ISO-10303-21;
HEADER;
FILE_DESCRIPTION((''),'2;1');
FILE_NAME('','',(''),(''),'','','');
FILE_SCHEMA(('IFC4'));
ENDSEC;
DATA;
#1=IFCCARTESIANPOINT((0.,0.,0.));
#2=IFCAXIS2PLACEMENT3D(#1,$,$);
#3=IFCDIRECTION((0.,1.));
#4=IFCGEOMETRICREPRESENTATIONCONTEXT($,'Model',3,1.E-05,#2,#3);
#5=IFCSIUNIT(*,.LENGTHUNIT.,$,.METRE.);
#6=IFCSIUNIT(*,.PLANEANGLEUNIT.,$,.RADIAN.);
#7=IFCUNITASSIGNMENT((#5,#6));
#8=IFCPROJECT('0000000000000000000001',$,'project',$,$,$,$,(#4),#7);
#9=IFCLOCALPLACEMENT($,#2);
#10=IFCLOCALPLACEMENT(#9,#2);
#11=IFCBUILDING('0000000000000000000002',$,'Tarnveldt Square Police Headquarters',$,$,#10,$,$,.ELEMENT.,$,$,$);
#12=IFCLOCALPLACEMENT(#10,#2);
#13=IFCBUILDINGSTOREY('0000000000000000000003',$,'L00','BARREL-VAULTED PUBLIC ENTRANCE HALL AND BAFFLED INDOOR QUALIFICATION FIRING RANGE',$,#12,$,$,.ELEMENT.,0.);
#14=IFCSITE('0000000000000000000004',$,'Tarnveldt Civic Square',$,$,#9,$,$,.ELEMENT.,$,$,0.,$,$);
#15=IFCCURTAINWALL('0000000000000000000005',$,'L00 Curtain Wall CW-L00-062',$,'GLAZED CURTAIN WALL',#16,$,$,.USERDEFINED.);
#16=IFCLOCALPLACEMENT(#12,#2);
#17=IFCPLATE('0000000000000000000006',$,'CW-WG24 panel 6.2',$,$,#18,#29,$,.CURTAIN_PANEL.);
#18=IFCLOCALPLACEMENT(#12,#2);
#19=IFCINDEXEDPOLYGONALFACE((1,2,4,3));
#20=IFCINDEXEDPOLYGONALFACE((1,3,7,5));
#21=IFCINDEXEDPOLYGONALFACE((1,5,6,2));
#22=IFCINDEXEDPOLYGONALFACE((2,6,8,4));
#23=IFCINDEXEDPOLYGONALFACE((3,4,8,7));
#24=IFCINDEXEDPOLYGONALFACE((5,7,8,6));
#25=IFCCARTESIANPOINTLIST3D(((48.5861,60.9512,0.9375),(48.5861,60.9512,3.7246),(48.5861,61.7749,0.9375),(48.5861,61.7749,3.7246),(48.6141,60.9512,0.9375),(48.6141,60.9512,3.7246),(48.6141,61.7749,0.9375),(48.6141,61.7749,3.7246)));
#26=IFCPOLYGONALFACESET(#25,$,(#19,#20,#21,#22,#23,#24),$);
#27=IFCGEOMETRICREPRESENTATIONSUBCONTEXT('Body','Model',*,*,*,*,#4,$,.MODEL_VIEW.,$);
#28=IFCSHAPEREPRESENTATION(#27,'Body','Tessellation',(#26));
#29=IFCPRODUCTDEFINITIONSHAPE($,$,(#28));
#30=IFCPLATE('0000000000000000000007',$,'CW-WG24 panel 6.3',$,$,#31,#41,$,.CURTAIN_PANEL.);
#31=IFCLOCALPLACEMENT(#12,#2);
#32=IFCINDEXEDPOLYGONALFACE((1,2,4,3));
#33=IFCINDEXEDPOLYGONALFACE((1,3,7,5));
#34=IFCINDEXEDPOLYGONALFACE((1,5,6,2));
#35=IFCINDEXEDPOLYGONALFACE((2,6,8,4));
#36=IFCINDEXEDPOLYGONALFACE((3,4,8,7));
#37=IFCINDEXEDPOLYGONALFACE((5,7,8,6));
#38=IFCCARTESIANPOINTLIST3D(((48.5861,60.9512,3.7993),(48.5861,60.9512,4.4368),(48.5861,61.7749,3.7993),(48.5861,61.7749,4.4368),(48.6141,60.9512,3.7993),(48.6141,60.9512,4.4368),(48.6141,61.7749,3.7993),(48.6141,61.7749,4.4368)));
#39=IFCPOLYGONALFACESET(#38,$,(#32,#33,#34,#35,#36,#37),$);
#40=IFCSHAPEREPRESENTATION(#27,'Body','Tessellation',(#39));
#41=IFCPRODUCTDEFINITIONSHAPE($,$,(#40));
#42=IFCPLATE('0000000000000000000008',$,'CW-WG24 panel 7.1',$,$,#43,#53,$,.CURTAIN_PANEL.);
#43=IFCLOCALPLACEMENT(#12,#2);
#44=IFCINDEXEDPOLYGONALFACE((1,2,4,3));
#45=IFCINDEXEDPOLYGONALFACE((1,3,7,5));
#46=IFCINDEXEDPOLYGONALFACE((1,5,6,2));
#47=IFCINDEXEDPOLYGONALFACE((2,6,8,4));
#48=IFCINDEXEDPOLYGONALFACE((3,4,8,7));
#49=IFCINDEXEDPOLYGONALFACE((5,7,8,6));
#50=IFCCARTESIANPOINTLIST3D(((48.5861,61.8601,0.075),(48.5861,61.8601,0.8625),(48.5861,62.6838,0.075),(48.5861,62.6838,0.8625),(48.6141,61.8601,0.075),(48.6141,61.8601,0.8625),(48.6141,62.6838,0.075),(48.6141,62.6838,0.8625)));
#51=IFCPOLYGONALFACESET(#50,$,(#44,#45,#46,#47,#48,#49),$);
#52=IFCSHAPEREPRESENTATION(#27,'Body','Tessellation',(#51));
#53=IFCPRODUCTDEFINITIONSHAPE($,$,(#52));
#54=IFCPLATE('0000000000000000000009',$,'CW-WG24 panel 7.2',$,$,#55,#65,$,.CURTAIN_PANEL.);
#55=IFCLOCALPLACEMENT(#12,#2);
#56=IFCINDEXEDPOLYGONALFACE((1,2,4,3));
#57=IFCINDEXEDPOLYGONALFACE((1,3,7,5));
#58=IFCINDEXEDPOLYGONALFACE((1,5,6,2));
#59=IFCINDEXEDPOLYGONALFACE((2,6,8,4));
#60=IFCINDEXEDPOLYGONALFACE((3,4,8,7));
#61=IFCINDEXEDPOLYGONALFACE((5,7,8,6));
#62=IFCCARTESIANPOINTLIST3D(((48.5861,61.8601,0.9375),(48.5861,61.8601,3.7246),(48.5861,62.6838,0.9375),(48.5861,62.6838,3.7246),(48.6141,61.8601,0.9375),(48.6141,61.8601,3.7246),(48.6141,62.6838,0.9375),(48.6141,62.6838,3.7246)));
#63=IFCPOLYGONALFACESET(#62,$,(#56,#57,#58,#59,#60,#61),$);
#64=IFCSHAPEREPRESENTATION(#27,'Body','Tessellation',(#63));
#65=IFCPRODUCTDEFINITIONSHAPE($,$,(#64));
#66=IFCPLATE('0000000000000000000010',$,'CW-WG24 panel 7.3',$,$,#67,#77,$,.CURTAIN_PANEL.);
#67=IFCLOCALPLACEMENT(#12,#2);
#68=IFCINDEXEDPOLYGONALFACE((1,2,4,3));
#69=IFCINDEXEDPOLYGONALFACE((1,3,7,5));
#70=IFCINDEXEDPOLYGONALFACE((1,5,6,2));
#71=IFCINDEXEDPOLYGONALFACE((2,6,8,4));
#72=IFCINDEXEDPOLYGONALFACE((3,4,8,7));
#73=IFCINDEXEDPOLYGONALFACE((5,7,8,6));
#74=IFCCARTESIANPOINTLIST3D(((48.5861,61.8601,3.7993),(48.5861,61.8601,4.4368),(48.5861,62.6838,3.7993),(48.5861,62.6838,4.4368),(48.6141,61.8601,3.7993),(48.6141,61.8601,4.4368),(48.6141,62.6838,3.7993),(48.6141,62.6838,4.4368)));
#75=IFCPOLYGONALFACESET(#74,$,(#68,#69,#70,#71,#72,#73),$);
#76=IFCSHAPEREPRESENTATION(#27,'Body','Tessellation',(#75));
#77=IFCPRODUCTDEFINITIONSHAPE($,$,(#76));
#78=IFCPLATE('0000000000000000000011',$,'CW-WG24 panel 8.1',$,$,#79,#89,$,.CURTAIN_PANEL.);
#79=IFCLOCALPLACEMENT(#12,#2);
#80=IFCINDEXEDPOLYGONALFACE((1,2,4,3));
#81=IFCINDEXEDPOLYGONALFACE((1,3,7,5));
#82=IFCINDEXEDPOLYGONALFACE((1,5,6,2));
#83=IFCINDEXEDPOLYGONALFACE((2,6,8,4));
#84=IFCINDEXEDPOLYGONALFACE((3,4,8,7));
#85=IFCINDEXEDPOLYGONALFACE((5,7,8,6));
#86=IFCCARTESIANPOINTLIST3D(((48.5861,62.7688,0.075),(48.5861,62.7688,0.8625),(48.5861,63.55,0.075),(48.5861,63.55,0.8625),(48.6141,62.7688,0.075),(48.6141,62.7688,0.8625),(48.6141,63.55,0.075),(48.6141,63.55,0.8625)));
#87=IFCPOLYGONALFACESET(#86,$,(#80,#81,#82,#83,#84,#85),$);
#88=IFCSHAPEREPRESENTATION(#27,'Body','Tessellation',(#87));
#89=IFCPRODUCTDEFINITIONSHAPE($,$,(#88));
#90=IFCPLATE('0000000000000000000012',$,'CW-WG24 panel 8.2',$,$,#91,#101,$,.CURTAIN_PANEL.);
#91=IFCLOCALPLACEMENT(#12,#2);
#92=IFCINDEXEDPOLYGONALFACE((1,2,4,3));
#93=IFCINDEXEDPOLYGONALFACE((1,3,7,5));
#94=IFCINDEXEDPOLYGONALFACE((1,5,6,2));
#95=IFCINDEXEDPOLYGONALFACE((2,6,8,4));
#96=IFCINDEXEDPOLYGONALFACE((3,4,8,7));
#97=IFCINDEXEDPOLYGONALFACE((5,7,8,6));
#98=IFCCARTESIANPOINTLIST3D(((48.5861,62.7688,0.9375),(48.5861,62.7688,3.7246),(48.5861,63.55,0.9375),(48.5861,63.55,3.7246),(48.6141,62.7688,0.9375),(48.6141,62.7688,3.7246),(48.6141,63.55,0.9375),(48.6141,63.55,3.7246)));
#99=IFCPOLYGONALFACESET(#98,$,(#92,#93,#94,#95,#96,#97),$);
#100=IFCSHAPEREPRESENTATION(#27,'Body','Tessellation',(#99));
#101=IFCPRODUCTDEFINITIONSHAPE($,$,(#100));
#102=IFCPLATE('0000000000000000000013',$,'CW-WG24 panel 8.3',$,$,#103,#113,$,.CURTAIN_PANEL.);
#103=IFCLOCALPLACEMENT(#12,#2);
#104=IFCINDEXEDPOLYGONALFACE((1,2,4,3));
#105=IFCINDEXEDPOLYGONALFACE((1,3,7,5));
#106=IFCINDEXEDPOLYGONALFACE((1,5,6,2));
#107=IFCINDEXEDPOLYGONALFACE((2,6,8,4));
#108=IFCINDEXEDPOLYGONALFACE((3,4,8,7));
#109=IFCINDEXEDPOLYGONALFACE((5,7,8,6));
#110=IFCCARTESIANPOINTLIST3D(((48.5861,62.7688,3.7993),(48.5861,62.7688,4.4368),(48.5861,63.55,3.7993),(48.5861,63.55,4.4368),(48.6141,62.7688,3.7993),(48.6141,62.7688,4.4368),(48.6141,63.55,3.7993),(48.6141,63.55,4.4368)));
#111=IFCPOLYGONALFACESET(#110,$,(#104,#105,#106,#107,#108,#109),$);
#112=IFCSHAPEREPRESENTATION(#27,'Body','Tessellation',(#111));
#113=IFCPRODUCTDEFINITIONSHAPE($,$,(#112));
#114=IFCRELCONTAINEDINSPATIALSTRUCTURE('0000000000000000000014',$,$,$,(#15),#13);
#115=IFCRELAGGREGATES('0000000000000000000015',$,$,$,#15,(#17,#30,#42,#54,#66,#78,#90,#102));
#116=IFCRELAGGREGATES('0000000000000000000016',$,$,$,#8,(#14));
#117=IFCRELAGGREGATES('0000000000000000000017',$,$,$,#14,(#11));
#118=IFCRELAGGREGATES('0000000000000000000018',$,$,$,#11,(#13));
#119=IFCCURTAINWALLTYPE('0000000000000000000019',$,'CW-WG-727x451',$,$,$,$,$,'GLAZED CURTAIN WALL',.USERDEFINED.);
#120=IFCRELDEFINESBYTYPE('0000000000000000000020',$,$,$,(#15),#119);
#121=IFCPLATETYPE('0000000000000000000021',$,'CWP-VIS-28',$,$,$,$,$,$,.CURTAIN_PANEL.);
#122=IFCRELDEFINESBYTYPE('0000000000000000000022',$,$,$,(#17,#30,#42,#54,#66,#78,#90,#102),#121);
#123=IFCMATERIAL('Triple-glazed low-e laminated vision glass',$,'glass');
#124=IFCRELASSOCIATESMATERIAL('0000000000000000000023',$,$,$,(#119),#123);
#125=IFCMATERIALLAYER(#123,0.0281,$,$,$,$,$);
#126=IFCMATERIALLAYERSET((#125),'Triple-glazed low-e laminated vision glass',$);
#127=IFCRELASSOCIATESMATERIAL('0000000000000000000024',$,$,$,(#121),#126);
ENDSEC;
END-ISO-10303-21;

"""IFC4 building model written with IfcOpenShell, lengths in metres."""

from ifc_helpers import new_model, si_unit, direction, frame, origin, origin_2d, place, context, subcontext, project, spatial, rectangle, extrude, material, layer, layer_set, type_object, element, aggregate, save


model = new_model("IFC4")

# Units and contexts
model_context = context("Model", 3, precision=1e-05, world=origin(), true_north=direction((0.0, 1.0)))
body_context = subcontext(model_context, "Body", "Model", "MODEL_VIEW")
ifc_project = project(units=[si_unit("LENGTHUNIT", "METRE"), si_unit("PLANEANGLEUNIT", "RADIAN")], contexts=[model_context])

# Site, building, storey
site_placement = place(None, origin())
site = spatial("IfcSite", under=ifc_project, at=site_placement, Name="Tarnveldt Civic Square", CompositionType="ELEMENT", RefElevation=0.0)
building_placement = place(site_placement, origin())
building = spatial("IfcBuilding", under=site, at=building_placement, Name="Tarnveldt Square Police Headquarters", CompositionType="ELEMENT")
storey_placement = place(building_placement, origin())
storey = spatial("IfcBuildingStorey", under=building, at=storey_placement, Name="L00", Description="BARREL-VAULTED PUBLIC ENTRANCE HALL AND BAFFLED INDOOR QUALIFICATION FIRING RANGE", CompositionType="ELEMENT", Elevation=0.0)

# Curtain wall
ifc_material_1 = material(Name="Triple-glazed low-e laminated vision glass", Category="glass")
curtain_wall_type_1 = type_object("IfcCurtainWallType", Name="CW-WG-727x451", ElementType="GLAZED CURTAIN WALL", PredefinedType="USERDEFINED", material=ifc_material_1)
curtain_wall_1_placement = place(storey_placement, origin())
curtain_wall_1 = element("IfcCurtainWall", 1, at=curtain_wall_1_placement, inside=storey, type_object=curtain_wall_type_1, Name="L00 Curtain Wall CW-L00-062", ObjectType="GLAZED CURTAIN WALL", PredefinedType="USERDEFINED")

# Plates
ifc_layer = layer(ifc_material_1, 0.0281)
ifc_layer_set = layer_set([ifc_layer], Name="Triple-glazed low-e laminated vision glass")
plate_type = type_object("IfcPlateType", Name="CWP-VIS-28", PredefinedType="CURTAIN_PANEL", material=ifc_layer_set)
plate_1_placement = place(storey_placement, frame((48.6001, 61.363, 0.9375), z_axis=(0.0, 0.0, 1.0), x_axis=(0.0, 1.0, 0.0)))
plate_1 = element("IfcPlate", 2, at=plate_1_placement, type_object=plate_type, Name="CW-WG24 panel 6.2", PredefinedType="CURTAIN_PANEL", context=body_context, shape_type="SweptSolid", body=[
    extrude(rectangle(XDim=0.8237, YDim=0.0281, at=origin_2d()), origin(), (0.0, 0.0, 1.0), 2.7871),
])
plate_2_placement = place(storey_placement, frame((48.6001, 61.363, 3.7993), z_axis=(0.0, 0.0, 1.0), x_axis=(0.0, 1.0, 0.0)))
plate_2 = element("IfcPlate", 3, at=plate_2_placement, type_object=plate_type, Name="CW-WG24 panel 6.3", PredefinedType="CURTAIN_PANEL", context=body_context, shape_type="SweptSolid", body=[
    extrude(rectangle(XDim=0.8237, YDim=0.0281, at=origin_2d()), origin(), (0.0, 0.0, 1.0), 0.6375),
])
plate_3_placement = place(storey_placement, frame((48.6001, 62.272, 0.075), z_axis=(0.0, 0.0, 1.0), x_axis=(0.0, 1.0, 0.0)))
plate_3 = element("IfcPlate", 4, at=plate_3_placement, type_object=plate_type, Name="CW-WG24 panel 7.1", PredefinedType="CURTAIN_PANEL", context=body_context, shape_type="SweptSolid", body=[
    extrude(rectangle(XDim=0.8237, YDim=0.0281, at=origin_2d()), origin(), (0.0, 0.0, 1.0), 0.7876),
])
plate_4_placement = place(storey_placement, frame((48.6001, 62.272, 0.9375), z_axis=(0.0, 0.0, 1.0), x_axis=(0.0, 1.0, 0.0)))
plate_4 = element("IfcPlate", 5, at=plate_4_placement, type_object=plate_type, Name="CW-WG24 panel 7.2", PredefinedType="CURTAIN_PANEL", context=body_context, shape_type="SweptSolid", body=[
    extrude(rectangle(XDim=0.8237, YDim=0.0281, at=origin_2d()), origin(), (0.0, 0.0, 1.0), 2.7871),
])
plate_5_placement = place(storey_placement, frame((48.6001, 62.272, 3.7993), z_axis=(0.0, 0.0, 1.0), x_axis=(0.0, 1.0, 0.0)))
plate_5 = element("IfcPlate", 6, at=plate_5_placement, type_object=plate_type, Name="CW-WG24 panel 7.3", PredefinedType="CURTAIN_PANEL", context=body_context, shape_type="SweptSolid", body=[
    extrude(rectangle(XDim=0.8237, YDim=0.0281, at=origin_2d()), origin(), (0.0, 0.0, 1.0), 0.6375),
])
plate_6_placement = place(storey_placement, frame((48.6001, 63.1594, 0.075), z_axis=(0.0, 0.0, 1.0), x_axis=(0.0, 1.0, 0.0)))
plate_6 = element("IfcPlate", 7, at=plate_6_placement, type_object=plate_type, Name="CW-WG24 panel 8.1", PredefinedType="CURTAIN_PANEL", context=body_context, shape_type="SweptSolid", body=[
    extrude(rectangle(XDim=0.7812, YDim=0.0281, at=origin_2d()), origin(), (0.0, 0.0, 1.0), 0.7876),
])
plate_7_placement = place(storey_placement, frame((48.6001, 63.1594, 0.9375), z_axis=(0.0, 0.0, 1.0), x_axis=(0.0, 1.0, 0.0)))
plate_7 = element("IfcPlate", 8, at=plate_7_placement, type_object=plate_type, Name="CW-WG24 panel 8.2", PredefinedType="CURTAIN_PANEL", context=body_context, shape_type="SweptSolid", body=[
    extrude(rectangle(XDim=0.7812, YDim=0.0281, at=origin_2d()), origin(), (0.0, 0.0, 1.0), 2.7871),
])
plate_8_placement = place(storey_placement, frame((48.6001, 63.1594, 3.7993), z_axis=(0.0, 0.0, 1.0), x_axis=(0.0, 1.0, 0.0)))
plate_8 = element("IfcPlate", 9, at=plate_8_placement, type_object=plate_type, Name="CW-WG24 panel 8.3", PredefinedType="CURTAIN_PANEL", context=body_context, shape_type="SweptSolid", body=[
    extrude(rectangle(XDim=0.7812, YDim=0.0281, at=origin_2d()), origin(), (0.0, 0.0, 1.0), 0.6375),
])
aggregate(curtain_wall_1, [plate_1, plate_2, plate_3, plate_4, plate_5, plate_6, plate_7, plate_8])

save(model, "model.ifc")
